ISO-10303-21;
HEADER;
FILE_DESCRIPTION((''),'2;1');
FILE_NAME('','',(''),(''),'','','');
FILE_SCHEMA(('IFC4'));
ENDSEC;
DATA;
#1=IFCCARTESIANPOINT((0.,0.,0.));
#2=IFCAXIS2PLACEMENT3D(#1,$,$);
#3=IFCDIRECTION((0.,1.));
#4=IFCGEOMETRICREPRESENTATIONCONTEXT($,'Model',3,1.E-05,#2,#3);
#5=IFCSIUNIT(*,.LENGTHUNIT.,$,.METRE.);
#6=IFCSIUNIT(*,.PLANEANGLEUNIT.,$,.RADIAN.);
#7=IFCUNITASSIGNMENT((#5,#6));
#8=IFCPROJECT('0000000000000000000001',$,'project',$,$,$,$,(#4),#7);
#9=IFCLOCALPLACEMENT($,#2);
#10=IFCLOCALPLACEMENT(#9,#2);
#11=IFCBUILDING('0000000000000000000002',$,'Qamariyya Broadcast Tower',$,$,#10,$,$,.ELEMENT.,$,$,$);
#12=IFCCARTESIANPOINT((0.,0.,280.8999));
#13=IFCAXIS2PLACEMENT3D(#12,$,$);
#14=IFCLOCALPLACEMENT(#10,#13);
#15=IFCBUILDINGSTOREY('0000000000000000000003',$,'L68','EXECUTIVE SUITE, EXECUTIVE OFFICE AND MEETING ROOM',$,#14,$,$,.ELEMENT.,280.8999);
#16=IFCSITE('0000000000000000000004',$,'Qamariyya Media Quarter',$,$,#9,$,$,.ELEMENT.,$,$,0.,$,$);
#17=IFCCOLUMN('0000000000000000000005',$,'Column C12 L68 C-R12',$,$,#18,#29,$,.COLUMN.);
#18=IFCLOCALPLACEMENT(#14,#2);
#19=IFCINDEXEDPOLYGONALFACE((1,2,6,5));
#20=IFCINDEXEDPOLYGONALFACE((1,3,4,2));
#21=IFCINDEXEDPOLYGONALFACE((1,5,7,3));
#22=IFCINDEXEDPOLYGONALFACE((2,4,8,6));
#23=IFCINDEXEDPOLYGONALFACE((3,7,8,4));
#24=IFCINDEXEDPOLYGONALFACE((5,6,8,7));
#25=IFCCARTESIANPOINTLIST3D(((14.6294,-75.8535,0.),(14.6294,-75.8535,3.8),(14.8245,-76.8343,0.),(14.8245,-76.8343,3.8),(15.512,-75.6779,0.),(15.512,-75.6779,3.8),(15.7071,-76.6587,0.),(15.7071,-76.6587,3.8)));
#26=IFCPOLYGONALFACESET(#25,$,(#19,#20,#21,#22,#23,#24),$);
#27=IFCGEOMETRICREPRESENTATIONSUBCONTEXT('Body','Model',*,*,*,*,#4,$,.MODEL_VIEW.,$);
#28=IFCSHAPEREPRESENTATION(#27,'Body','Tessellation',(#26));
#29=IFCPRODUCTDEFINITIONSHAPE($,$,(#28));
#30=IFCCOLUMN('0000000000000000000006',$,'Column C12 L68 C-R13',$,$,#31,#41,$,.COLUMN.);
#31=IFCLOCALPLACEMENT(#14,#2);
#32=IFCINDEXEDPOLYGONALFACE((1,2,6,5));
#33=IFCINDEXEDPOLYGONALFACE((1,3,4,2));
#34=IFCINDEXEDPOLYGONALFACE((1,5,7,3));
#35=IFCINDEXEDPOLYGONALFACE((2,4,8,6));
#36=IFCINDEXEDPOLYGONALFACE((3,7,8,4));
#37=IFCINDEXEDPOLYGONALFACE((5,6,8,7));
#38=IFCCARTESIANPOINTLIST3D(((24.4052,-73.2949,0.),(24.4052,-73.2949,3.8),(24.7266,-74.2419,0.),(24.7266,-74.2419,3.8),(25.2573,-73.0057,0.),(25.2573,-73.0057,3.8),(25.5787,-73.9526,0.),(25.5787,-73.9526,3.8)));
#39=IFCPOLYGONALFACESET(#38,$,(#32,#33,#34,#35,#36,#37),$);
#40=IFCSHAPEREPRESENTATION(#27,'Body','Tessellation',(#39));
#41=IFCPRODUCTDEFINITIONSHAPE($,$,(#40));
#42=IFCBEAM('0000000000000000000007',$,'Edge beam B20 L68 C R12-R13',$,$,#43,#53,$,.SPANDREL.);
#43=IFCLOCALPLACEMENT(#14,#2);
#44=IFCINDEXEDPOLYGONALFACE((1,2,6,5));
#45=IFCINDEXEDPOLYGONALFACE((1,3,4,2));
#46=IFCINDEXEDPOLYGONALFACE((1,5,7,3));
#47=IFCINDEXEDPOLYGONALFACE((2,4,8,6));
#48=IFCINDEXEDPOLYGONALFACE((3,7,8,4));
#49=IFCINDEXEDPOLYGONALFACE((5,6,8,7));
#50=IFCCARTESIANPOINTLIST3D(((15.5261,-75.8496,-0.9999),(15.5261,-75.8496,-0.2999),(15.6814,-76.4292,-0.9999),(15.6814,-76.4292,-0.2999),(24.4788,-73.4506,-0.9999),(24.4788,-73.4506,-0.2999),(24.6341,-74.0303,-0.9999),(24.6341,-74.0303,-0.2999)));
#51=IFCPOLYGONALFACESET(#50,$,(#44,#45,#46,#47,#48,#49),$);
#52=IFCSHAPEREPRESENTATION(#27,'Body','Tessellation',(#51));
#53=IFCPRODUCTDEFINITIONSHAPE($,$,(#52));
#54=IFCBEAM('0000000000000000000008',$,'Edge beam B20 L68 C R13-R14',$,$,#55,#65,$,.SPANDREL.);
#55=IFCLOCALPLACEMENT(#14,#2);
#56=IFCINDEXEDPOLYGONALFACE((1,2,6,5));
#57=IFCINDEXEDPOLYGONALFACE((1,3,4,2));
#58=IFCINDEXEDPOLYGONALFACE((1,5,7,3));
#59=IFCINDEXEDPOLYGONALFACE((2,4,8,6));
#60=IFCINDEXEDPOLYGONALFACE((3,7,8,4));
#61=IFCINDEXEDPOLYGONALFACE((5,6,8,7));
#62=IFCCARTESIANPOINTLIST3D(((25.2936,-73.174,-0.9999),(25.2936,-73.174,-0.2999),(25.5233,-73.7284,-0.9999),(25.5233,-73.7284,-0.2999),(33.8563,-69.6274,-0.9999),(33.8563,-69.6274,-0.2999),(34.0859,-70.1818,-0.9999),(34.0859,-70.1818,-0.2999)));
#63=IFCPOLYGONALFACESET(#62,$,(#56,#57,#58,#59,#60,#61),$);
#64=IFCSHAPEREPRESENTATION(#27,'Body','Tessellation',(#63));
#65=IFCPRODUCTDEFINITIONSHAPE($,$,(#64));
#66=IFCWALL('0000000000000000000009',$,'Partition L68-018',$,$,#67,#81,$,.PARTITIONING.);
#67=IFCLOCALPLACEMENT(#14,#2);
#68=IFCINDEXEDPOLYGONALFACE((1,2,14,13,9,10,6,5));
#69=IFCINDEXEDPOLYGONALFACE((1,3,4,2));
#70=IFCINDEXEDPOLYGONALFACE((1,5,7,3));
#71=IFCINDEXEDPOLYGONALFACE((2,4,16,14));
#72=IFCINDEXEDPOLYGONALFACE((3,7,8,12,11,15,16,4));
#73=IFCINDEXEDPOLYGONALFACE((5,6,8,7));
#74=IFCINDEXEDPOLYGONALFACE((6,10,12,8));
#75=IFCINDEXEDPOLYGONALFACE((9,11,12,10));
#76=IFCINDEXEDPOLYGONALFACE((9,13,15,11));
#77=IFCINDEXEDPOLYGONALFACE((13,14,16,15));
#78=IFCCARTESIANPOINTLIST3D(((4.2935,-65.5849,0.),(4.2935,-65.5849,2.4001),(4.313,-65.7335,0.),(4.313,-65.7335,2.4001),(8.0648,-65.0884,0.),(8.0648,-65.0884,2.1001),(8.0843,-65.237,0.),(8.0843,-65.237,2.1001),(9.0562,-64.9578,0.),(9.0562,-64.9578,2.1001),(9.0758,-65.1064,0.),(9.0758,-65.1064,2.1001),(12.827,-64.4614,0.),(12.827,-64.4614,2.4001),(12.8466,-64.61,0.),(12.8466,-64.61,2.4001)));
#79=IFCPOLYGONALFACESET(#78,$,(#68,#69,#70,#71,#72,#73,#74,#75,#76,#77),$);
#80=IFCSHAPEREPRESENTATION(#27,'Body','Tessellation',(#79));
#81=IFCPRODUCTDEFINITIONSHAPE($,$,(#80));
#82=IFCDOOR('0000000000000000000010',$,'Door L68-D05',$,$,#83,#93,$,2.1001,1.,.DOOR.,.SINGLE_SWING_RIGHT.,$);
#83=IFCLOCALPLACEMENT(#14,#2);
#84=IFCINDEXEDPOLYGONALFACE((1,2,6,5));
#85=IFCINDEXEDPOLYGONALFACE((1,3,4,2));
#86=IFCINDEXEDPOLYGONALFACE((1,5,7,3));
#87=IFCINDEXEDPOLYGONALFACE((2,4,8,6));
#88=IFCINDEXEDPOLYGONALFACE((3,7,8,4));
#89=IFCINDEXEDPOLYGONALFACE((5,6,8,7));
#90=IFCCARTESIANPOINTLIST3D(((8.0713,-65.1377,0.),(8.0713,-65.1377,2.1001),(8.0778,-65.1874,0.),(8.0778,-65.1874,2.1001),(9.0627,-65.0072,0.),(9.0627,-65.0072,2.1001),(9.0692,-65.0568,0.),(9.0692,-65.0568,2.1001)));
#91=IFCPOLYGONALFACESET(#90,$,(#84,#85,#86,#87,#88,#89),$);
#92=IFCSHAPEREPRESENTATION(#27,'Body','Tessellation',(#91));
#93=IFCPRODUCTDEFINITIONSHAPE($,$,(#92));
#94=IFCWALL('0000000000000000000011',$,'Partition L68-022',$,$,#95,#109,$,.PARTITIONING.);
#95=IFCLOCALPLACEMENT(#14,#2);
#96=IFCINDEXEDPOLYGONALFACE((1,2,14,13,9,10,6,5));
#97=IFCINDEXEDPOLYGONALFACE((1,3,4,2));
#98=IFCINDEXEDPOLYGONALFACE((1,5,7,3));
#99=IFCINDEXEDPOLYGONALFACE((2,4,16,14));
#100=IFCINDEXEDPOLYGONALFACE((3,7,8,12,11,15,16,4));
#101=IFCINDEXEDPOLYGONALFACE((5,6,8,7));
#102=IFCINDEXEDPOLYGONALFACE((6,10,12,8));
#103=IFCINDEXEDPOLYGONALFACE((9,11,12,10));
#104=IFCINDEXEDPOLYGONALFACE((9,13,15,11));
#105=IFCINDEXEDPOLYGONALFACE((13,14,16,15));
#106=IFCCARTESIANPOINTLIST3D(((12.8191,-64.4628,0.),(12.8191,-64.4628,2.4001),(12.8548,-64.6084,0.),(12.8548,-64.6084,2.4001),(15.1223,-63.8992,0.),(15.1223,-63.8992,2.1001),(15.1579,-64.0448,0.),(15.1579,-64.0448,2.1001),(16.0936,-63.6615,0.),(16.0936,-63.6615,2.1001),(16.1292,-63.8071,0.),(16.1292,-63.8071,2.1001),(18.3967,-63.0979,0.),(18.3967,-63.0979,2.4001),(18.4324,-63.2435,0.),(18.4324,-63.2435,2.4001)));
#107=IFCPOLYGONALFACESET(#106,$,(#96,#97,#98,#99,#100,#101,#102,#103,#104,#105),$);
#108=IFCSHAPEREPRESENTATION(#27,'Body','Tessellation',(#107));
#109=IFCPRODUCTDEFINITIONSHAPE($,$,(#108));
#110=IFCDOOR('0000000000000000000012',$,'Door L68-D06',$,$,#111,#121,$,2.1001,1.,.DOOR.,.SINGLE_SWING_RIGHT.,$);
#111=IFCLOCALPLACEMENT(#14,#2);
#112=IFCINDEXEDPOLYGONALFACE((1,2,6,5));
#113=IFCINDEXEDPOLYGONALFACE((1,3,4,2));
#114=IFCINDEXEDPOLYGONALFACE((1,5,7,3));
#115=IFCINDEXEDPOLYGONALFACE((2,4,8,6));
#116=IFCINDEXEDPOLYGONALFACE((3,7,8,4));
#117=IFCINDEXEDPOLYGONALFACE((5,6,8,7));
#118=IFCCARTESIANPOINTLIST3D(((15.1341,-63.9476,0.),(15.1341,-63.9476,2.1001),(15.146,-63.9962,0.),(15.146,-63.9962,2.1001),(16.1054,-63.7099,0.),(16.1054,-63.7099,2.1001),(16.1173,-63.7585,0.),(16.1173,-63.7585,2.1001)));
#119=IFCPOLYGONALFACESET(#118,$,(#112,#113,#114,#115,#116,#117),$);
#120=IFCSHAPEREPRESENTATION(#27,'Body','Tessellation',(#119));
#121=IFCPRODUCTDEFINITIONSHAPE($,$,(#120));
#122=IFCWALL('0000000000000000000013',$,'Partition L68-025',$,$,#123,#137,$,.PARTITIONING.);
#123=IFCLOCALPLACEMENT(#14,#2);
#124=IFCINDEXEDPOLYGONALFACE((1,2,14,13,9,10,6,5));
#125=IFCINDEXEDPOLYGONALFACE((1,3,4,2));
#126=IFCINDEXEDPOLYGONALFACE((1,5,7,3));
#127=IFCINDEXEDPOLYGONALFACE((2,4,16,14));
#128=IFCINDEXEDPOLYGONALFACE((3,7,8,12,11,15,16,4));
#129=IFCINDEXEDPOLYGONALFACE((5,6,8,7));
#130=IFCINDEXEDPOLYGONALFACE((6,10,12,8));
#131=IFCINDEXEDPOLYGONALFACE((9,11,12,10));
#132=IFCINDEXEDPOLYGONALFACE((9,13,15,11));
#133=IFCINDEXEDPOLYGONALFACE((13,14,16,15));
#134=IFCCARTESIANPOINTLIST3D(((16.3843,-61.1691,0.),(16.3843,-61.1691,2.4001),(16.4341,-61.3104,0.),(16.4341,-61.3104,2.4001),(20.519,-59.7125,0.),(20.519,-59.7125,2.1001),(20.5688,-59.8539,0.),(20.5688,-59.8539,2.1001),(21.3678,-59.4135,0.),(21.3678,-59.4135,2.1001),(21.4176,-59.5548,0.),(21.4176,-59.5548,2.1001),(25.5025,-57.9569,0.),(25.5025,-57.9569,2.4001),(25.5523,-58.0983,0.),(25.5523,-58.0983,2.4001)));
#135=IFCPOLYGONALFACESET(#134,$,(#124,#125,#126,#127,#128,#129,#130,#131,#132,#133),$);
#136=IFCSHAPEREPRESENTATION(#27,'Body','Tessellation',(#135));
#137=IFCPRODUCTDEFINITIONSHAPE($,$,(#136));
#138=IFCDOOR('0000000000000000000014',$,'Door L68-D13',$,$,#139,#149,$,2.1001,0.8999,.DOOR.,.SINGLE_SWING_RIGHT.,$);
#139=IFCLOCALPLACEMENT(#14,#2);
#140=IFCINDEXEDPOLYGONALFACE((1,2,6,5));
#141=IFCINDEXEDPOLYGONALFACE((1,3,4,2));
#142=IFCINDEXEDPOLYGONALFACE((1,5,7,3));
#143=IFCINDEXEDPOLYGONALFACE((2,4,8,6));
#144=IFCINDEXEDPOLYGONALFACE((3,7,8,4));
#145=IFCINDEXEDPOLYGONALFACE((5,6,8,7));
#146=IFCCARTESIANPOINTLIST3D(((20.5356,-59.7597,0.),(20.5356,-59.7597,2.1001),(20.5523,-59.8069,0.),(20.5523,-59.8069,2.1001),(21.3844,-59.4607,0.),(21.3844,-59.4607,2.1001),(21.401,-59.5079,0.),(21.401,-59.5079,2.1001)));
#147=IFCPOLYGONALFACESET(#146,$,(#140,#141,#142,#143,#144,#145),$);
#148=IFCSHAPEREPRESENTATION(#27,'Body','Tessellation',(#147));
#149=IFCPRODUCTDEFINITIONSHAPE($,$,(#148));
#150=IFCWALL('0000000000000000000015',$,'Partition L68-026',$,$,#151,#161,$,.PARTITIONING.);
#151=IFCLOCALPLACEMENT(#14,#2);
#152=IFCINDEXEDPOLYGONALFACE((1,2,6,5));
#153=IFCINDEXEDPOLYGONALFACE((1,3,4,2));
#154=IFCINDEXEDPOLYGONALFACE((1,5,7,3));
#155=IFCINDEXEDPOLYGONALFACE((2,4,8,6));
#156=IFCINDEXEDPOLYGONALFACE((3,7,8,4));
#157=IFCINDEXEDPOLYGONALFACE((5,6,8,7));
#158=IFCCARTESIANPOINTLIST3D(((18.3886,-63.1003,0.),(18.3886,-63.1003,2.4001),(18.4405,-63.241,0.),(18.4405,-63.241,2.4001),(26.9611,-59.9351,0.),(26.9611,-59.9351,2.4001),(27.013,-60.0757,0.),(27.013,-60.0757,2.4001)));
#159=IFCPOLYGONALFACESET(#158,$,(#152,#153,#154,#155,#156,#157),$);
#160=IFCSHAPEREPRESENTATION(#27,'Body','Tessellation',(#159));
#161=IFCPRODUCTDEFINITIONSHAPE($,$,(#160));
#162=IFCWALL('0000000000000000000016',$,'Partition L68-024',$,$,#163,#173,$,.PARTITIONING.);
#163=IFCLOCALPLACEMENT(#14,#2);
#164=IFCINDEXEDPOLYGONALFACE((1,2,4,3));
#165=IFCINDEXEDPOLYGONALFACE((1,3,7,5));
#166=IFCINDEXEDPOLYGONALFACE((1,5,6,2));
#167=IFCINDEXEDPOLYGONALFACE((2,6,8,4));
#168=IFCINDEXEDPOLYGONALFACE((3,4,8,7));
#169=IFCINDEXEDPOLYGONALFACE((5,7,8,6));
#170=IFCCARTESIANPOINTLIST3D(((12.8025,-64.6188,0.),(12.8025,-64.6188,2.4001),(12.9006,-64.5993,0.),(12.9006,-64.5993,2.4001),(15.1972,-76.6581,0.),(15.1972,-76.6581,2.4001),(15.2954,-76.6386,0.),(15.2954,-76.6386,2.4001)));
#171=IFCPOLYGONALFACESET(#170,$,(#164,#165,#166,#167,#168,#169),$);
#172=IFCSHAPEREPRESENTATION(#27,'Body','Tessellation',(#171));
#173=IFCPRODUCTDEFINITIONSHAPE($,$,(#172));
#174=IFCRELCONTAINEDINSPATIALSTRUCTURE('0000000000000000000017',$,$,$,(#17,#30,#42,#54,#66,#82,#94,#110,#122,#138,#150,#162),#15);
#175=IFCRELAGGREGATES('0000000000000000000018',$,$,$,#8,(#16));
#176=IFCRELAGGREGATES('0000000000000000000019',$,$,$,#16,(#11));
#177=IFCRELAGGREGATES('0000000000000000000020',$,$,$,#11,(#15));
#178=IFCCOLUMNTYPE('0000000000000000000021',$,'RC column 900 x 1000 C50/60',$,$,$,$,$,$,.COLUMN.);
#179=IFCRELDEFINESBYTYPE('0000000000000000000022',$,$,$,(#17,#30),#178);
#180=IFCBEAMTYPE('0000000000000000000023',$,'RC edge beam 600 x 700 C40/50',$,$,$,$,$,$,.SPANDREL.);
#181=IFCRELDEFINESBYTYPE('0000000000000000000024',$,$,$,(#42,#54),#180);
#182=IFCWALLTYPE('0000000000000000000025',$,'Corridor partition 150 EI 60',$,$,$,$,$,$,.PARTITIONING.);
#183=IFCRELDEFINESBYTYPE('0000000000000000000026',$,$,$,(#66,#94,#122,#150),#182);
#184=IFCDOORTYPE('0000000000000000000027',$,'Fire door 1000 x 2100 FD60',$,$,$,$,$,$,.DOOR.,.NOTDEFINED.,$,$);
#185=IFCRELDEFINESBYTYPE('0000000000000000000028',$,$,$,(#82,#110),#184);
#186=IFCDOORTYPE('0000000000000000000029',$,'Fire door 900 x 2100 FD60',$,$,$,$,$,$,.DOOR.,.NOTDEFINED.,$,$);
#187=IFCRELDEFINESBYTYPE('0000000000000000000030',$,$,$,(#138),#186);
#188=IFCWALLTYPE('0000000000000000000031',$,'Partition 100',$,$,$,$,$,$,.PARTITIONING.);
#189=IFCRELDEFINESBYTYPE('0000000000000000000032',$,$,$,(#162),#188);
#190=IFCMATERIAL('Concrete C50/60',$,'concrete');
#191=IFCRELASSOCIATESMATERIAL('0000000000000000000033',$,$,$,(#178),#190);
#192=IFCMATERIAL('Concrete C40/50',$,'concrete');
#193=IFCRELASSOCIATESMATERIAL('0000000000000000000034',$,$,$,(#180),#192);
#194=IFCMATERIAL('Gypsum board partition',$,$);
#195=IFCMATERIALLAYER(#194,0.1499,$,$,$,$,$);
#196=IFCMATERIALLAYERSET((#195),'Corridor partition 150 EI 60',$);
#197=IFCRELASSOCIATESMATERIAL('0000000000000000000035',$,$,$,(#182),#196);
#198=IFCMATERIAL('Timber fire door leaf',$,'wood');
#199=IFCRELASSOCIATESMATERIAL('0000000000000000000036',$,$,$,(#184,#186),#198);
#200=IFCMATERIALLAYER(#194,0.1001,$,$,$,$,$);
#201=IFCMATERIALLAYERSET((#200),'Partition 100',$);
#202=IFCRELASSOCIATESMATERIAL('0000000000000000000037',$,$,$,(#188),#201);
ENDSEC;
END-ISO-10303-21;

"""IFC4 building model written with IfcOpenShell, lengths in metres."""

from ifc_helpers import new_model, si_unit, direction, frame, frame_2d, origin, origin_2d, place, context, subcontext, project, spatial, rectangle, extrude, material, layer, layer_set, material_profile, profile_set, type_object, element, fill, save


model = new_model("IFC4")

# Units and contexts
model_context = context("Model", 3, precision=1e-05, world=origin(), true_north=direction((0.0, 1.0)))
body_context = subcontext(model_context, "Body", "Model", "MODEL_VIEW")
ifc_project = project(units=[si_unit("LENGTHUNIT", "METRE"), si_unit("PLANEANGLEUNIT", "RADIAN")], contexts=[model_context])

# Site, building, storey
site_placement = place(None, origin())
site = spatial("IfcSite", under=ifc_project, at=site_placement, Name="Qamariyya Media Quarter", CompositionType="ELEMENT", RefElevation=0.0)
building_placement = place(site_placement, origin())
building = spatial("IfcBuilding", under=site, at=building_placement, Name="Qamariyya Broadcast Tower", CompositionType="ELEMENT")
storey_placement = place(building_placement, frame((0.0, 0.0, 280.8999)))
storey = spatial("IfcBuildingStorey", under=building, at=storey_placement, Name="L68", Description="EXECUTIVE SUITE, EXECUTIVE OFFICE AND MEETING ROOM", CompositionType="ELEMENT", Elevation=280.8999)

# Columns
ifc_material_1 = material(Name="Concrete C50/60", Category="concrete")
ifc_material_profile_1 = material_profile(ifc_material_1, rectangle(XDim=0.8999, YDim=1.0, at=origin_2d()))
ifc_profile_set_1 = profile_set([ifc_material_profile_1], Name="Concrete C50/60")
column_type = type_object("IfcColumnType", Name="RC column 900 x 1000 C50/60", PredefinedType="COLUMN", material=ifc_profile_set_1)
for number, where, z_axis, x_axis, name in (
    (1, (15.1682, -76.2561, 0.0), (0.0, 0.0, 1.0), (0.980785, 0.19509, 0.0), "Column C12 L68 C-R12"),
    (2, (24.9919, -73.6238, 0.0), (0.0, 0.0, 1.0), (0.94693, 0.321439, 0.0), "Column C12 L68 C-R13"),
):
    element("IfcColumn", number, at=place(storey_placement, frame(where, z_axis=z_axis, x_axis=x_axis)), inside=storey, type_object=column_type, Name=name, PredefinedType="COLUMN", context=body_context, shape_type="SweptSolid", body=[
        extrude(rectangle(XDim=0.8999, YDim=1.0, at=origin_2d()), origin(), (0.0, 0.0, 1.0), 3.8),
    ])

# Beams
ifc_material_2 = material(Name="Concrete C40/50", Category="concrete")
ifc_material_profile_2 = material_profile(ifc_material_2, rectangle(XDim=0.6001, YDim=0.7, at=origin_2d()))
ifc_profile_set_2 = profile_set([ifc_material_profile_2], Name="Concrete C40/50")
beam_type = type_object("IfcBeamType", Name="RC edge beam 600 x 700 C40/50", PredefinedType="SPANDREL", material=ifc_profile_set_2)
beam_1_placement = place(storey_placement, frame((15.6038, -76.1394, -0.6499), z_axis=(0.965924, 0.258826, 0.0), x_axis=(-0.258826, 0.965924, 0.0)))
element("IfcBeam", 3, at=beam_1_placement, inside=storey, type_object=beam_type, Name="Edge beam B20 L68 C R12-R13", PredefinedType="SPANDREL", context=body_context, shape_type="SweptSolid", body=[
    extrude(rectangle(XDim=0.6001, YDim=0.7, at=origin_2d()), origin(), (0.0, 0.0, 1.0), 9.2686),
])
beam_2_placement = place(storey_placement, frame((25.4084, -73.4512, -0.6499), z_axis=(0.923886, 0.382667, 0.0), x_axis=(-0.382667, 0.923886, 0.0)))
element("IfcBeam", 4, at=beam_2_placement, inside=storey, type_object=beam_type, Name="Edge beam B20 L68 C R13-R14", PredefinedType="SPANDREL", context=body_context, shape_type="SweptSolid", body=[
    extrude(rectangle(XDim=0.6001, YDim=0.7, at=origin_2d()), origin(), (0.0, 0.0, 1.0), 9.2681),
])

# Walls, openings, doors
ifc_material_3 = material(Name="Gypsum board partition")
ifc_layer_1 = layer(ifc_material_3, 0.1499)
ifc_layer_set_1 = layer_set([ifc_layer_1], Name="Corridor partition 150 EI 60")
wall_type_1 = type_object("IfcWallType", Name="Corridor partition 150 EI 60", PredefinedType="PARTITIONING", material=ifc_layer_set_1)
wall_1_placement = place(storey_placement, frame((12.8369, -64.5356, 0.0), z_axis=(0.0, 0.0, 1.0), x_axis=(-0.991444, -0.130536, 0.0)))
wall_1 = element("IfcWall", 5, at=wall_1_placement, inside=storey, type_object=wall_type_1, Name="Partition L68-018", PredefinedType="PARTITIONING", context=body_context, shape_type="SweptSolid", body=[
    extrude(rectangle(XDim=8.6072, YDim=0.1499, at=frame_2d((4.3037, 0.0))), origin(), (0.0, 0.0, 1.0), 2.4001),
])
opening_1_placement = place(wall_1_placement, frame((3.8035, 0.0, 0.0)))
opening_1 = element("IfcOpeningElement", 6, at=opening_1_placement, cuts=wall_1, PredefinedType="OPENING", context=body_context, shape_type="SweptSolid", body=[
    extrude(rectangle(XDim=1.0, YDim=2.1001, at=frame_2d((0.5, 1.05))), frame((0.0, 0.085, 0.0), z_axis=(0.0, -1.0, 0.0), x_axis=(1.0, 0.0, 0.0)), (0.0, 0.0, 1.0), 0.1699),
])
ifc_material_4 = material(Name="Timber fire door leaf", Category="wood")
door_type_1 = type_object("IfcDoorType", Name="Fire door 1000 x 2100 FD60", OperationType="NOTDEFINED", PredefinedType="DOOR", material=ifc_material_4)
door_1_placement = place(opening_1_placement, origin())
door_1 = element("IfcDoor", 7, at=door_1_placement, inside=storey, type_object=door_type_1, Name="Door L68-D05", OperationType="SINGLE_SWING_RIGHT", OverallHeight=2.1001, OverallWidth=1.0, PredefinedType="DOOR", context=body_context, shape_type="SweptSolid", body=[
    extrude(rectangle(XDim=1.0, YDim=2.1001, at=frame_2d((0.5, 1.05))), frame((0.0, 0.0249, 0.0), z_axis=(0.0, -1.0, 0.0), x_axis=(1.0, 0.0, 0.0)), (0.0, 0.0, 1.0), 0.05),
])
fill(opening_1, door_1)
wall_2_placement = place(storey_placement, frame((18.4146, -63.1707, 0.0), z_axis=(0.0, 0.0, 1.0), x_axis=(-0.971336, -0.237711, 0.0)))
wall_2 = element("IfcWall", 8, at=wall_2_placement, inside=storey, type_object=wall_type_1, Name="Partition L68-022", PredefinedType="PARTITIONING", context=body_context, shape_type="SweptSolid", body=[
    extrude(rectangle(XDim=5.7422, YDim=0.1499, at=frame_2d((2.8711, 0.0))), origin(), (0.0, 0.0, 1.0), 2.4001),
])
opening_2_placement = place(wall_2_placement, frame((2.3711, 0.0, 0.0)))
opening_2 = element("IfcOpeningElement", 9, at=opening_2_placement, cuts=wall_2, PredefinedType="OPENING", context=body_context, shape_type="SweptSolid", body=[
    extrude(rectangle(XDim=1.0, YDim=2.1001, at=frame_2d((0.5, 1.05))), frame((0.0, 0.085, 0.0), z_axis=(0.0, -1.0, 0.0), x_axis=(1.0, 0.0, 0.0)), (0.0, 0.0, 1.0), 0.1699),
])
door_2_placement = place(opening_2_placement, origin())
door_2 = element("IfcDoor", 10, at=door_2_placement, inside=storey, type_object=door_type_1, Name="Door L68-D06", OperationType="SINGLE_SWING_RIGHT", OverallHeight=2.1001, OverallWidth=1.0, PredefinedType="DOOR", context=body_context, shape_type="SweptSolid", body=[
    extrude(rectangle(XDim=1.0, YDim=2.1001, at=frame_2d((0.5, 1.05))), frame((0.0, 0.0249, 0.0), z_axis=(0.0, -1.0, 0.0), x_axis=(1.0, 0.0, 0.0)), (0.0, 0.0, 1.0), 0.05),
])
fill(opening_2, door_2)
wall_3_placement = place(storey_placement, frame((16.4092, -61.2397, 0.0), z_axis=(0.0, 0.0, 1.0), x_axis=(0.943186, 0.332267, 0.0)))
wall_3 = element("IfcWall", 11, at=wall_3_placement, inside=storey, type_object=wall_type_1, Name="Partition L68-025", PredefinedType="PARTITIONING", context=body_context, shape_type="SweptSolid", body=[
    extrude(rectangle(XDim=9.6675, YDim=0.1499, at=frame_2d((4.8337, 0.0))), origin(), (0.0, 0.0, 1.0), 2.4001),
])
opening_3_placement = place(wall_3_placement, frame((4.3838, 0.0, 0.0)))
opening_3 = element("IfcOpeningElement", 12, at=opening_3_placement, cuts=wall_3, PredefinedType="OPENING", context=body_context, shape_type="SweptSolid", body=[
    extrude(rectangle(XDim=0.8999, YDim=2.1001, at=frame_2d((0.45, 1.05))), frame((0.0, 0.085, 0.0), z_axis=(0.0, -1.0, 0.0), x_axis=(1.0, 0.0, 0.0)), (0.0, 0.0, 1.0), 0.1699),
])
door_type_2 = type_object("IfcDoorType", Name="Fire door 900 x 2100 FD60", OperationType="NOTDEFINED", PredefinedType="DOOR", material=ifc_material_4)
door_3_placement = place(opening_3_placement, origin())
door_3 = element("IfcDoor", 13, at=door_3_placement, inside=storey, type_object=door_type_2, Name="Door L68-D13", OperationType="SINGLE_SWING_RIGHT", OverallHeight=2.1001, OverallWidth=0.8999, PredefinedType="DOOR", context=body_context, shape_type="SweptSolid", body=[
    extrude(rectangle(XDim=0.8999, YDim=2.1001, at=frame_2d((0.45, 1.05))), frame((0.0, 0.0249, 0.0), z_axis=(0.0, -1.0, 0.0), x_axis=(1.0, 0.0, 0.0)), (0.0, 0.0, 1.0), 0.05),
])
fill(opening_3, door_3)

# Walls
wall_4_placement = place(storey_placement, frame((18.4146, -63.1707, 0.0), z_axis=(0.0, 0.0, 1.0), x_axis=(0.938095, 0.346379, 0.0)))
element("IfcWall", 14, at=wall_4_placement, inside=storey, type_object=wall_type_1, Name="Partition L68-026", PredefinedType="PARTITIONING", context=body_context, shape_type="SweptSolid", body=[
    extrude(rectangle(XDim=9.1382, YDim=0.1499, at=frame_2d((4.5691, 0.0))), origin(), (0.0, 0.0, 1.0), 2.4001),
])
ifc_layer_2 = layer(ifc_material_3, 0.1001)
ifc_layer_set_2 = layer_set([ifc_layer_2], Name="Partition 100")
wall_type_2 = type_object("IfcWallType", Name="Partition 100", PredefinedType="PARTITIONING", material=ifc_layer_set_2)
wall_5_placement = place(storey_placement, frame((15.2463, -76.6484, 0.0), z_axis=(0.0, 0.0, 1.0), x_axis=(-0.195091, 0.980785, 0.0)))
element("IfcWall", 15, at=wall_5_placement, inside=storey, type_object=wall_type_2, Name="Partition L68-024", PredefinedType="PARTITIONING", context=body_context, shape_type="SweptSolid", body=[
    extrude(rectangle(XDim=12.2751, YDim=0.1001, at=frame_2d((6.1377, 0.0))), origin(), (0.0, 0.0, 1.0), 2.4001),
])

save(model, "model.ifc")
